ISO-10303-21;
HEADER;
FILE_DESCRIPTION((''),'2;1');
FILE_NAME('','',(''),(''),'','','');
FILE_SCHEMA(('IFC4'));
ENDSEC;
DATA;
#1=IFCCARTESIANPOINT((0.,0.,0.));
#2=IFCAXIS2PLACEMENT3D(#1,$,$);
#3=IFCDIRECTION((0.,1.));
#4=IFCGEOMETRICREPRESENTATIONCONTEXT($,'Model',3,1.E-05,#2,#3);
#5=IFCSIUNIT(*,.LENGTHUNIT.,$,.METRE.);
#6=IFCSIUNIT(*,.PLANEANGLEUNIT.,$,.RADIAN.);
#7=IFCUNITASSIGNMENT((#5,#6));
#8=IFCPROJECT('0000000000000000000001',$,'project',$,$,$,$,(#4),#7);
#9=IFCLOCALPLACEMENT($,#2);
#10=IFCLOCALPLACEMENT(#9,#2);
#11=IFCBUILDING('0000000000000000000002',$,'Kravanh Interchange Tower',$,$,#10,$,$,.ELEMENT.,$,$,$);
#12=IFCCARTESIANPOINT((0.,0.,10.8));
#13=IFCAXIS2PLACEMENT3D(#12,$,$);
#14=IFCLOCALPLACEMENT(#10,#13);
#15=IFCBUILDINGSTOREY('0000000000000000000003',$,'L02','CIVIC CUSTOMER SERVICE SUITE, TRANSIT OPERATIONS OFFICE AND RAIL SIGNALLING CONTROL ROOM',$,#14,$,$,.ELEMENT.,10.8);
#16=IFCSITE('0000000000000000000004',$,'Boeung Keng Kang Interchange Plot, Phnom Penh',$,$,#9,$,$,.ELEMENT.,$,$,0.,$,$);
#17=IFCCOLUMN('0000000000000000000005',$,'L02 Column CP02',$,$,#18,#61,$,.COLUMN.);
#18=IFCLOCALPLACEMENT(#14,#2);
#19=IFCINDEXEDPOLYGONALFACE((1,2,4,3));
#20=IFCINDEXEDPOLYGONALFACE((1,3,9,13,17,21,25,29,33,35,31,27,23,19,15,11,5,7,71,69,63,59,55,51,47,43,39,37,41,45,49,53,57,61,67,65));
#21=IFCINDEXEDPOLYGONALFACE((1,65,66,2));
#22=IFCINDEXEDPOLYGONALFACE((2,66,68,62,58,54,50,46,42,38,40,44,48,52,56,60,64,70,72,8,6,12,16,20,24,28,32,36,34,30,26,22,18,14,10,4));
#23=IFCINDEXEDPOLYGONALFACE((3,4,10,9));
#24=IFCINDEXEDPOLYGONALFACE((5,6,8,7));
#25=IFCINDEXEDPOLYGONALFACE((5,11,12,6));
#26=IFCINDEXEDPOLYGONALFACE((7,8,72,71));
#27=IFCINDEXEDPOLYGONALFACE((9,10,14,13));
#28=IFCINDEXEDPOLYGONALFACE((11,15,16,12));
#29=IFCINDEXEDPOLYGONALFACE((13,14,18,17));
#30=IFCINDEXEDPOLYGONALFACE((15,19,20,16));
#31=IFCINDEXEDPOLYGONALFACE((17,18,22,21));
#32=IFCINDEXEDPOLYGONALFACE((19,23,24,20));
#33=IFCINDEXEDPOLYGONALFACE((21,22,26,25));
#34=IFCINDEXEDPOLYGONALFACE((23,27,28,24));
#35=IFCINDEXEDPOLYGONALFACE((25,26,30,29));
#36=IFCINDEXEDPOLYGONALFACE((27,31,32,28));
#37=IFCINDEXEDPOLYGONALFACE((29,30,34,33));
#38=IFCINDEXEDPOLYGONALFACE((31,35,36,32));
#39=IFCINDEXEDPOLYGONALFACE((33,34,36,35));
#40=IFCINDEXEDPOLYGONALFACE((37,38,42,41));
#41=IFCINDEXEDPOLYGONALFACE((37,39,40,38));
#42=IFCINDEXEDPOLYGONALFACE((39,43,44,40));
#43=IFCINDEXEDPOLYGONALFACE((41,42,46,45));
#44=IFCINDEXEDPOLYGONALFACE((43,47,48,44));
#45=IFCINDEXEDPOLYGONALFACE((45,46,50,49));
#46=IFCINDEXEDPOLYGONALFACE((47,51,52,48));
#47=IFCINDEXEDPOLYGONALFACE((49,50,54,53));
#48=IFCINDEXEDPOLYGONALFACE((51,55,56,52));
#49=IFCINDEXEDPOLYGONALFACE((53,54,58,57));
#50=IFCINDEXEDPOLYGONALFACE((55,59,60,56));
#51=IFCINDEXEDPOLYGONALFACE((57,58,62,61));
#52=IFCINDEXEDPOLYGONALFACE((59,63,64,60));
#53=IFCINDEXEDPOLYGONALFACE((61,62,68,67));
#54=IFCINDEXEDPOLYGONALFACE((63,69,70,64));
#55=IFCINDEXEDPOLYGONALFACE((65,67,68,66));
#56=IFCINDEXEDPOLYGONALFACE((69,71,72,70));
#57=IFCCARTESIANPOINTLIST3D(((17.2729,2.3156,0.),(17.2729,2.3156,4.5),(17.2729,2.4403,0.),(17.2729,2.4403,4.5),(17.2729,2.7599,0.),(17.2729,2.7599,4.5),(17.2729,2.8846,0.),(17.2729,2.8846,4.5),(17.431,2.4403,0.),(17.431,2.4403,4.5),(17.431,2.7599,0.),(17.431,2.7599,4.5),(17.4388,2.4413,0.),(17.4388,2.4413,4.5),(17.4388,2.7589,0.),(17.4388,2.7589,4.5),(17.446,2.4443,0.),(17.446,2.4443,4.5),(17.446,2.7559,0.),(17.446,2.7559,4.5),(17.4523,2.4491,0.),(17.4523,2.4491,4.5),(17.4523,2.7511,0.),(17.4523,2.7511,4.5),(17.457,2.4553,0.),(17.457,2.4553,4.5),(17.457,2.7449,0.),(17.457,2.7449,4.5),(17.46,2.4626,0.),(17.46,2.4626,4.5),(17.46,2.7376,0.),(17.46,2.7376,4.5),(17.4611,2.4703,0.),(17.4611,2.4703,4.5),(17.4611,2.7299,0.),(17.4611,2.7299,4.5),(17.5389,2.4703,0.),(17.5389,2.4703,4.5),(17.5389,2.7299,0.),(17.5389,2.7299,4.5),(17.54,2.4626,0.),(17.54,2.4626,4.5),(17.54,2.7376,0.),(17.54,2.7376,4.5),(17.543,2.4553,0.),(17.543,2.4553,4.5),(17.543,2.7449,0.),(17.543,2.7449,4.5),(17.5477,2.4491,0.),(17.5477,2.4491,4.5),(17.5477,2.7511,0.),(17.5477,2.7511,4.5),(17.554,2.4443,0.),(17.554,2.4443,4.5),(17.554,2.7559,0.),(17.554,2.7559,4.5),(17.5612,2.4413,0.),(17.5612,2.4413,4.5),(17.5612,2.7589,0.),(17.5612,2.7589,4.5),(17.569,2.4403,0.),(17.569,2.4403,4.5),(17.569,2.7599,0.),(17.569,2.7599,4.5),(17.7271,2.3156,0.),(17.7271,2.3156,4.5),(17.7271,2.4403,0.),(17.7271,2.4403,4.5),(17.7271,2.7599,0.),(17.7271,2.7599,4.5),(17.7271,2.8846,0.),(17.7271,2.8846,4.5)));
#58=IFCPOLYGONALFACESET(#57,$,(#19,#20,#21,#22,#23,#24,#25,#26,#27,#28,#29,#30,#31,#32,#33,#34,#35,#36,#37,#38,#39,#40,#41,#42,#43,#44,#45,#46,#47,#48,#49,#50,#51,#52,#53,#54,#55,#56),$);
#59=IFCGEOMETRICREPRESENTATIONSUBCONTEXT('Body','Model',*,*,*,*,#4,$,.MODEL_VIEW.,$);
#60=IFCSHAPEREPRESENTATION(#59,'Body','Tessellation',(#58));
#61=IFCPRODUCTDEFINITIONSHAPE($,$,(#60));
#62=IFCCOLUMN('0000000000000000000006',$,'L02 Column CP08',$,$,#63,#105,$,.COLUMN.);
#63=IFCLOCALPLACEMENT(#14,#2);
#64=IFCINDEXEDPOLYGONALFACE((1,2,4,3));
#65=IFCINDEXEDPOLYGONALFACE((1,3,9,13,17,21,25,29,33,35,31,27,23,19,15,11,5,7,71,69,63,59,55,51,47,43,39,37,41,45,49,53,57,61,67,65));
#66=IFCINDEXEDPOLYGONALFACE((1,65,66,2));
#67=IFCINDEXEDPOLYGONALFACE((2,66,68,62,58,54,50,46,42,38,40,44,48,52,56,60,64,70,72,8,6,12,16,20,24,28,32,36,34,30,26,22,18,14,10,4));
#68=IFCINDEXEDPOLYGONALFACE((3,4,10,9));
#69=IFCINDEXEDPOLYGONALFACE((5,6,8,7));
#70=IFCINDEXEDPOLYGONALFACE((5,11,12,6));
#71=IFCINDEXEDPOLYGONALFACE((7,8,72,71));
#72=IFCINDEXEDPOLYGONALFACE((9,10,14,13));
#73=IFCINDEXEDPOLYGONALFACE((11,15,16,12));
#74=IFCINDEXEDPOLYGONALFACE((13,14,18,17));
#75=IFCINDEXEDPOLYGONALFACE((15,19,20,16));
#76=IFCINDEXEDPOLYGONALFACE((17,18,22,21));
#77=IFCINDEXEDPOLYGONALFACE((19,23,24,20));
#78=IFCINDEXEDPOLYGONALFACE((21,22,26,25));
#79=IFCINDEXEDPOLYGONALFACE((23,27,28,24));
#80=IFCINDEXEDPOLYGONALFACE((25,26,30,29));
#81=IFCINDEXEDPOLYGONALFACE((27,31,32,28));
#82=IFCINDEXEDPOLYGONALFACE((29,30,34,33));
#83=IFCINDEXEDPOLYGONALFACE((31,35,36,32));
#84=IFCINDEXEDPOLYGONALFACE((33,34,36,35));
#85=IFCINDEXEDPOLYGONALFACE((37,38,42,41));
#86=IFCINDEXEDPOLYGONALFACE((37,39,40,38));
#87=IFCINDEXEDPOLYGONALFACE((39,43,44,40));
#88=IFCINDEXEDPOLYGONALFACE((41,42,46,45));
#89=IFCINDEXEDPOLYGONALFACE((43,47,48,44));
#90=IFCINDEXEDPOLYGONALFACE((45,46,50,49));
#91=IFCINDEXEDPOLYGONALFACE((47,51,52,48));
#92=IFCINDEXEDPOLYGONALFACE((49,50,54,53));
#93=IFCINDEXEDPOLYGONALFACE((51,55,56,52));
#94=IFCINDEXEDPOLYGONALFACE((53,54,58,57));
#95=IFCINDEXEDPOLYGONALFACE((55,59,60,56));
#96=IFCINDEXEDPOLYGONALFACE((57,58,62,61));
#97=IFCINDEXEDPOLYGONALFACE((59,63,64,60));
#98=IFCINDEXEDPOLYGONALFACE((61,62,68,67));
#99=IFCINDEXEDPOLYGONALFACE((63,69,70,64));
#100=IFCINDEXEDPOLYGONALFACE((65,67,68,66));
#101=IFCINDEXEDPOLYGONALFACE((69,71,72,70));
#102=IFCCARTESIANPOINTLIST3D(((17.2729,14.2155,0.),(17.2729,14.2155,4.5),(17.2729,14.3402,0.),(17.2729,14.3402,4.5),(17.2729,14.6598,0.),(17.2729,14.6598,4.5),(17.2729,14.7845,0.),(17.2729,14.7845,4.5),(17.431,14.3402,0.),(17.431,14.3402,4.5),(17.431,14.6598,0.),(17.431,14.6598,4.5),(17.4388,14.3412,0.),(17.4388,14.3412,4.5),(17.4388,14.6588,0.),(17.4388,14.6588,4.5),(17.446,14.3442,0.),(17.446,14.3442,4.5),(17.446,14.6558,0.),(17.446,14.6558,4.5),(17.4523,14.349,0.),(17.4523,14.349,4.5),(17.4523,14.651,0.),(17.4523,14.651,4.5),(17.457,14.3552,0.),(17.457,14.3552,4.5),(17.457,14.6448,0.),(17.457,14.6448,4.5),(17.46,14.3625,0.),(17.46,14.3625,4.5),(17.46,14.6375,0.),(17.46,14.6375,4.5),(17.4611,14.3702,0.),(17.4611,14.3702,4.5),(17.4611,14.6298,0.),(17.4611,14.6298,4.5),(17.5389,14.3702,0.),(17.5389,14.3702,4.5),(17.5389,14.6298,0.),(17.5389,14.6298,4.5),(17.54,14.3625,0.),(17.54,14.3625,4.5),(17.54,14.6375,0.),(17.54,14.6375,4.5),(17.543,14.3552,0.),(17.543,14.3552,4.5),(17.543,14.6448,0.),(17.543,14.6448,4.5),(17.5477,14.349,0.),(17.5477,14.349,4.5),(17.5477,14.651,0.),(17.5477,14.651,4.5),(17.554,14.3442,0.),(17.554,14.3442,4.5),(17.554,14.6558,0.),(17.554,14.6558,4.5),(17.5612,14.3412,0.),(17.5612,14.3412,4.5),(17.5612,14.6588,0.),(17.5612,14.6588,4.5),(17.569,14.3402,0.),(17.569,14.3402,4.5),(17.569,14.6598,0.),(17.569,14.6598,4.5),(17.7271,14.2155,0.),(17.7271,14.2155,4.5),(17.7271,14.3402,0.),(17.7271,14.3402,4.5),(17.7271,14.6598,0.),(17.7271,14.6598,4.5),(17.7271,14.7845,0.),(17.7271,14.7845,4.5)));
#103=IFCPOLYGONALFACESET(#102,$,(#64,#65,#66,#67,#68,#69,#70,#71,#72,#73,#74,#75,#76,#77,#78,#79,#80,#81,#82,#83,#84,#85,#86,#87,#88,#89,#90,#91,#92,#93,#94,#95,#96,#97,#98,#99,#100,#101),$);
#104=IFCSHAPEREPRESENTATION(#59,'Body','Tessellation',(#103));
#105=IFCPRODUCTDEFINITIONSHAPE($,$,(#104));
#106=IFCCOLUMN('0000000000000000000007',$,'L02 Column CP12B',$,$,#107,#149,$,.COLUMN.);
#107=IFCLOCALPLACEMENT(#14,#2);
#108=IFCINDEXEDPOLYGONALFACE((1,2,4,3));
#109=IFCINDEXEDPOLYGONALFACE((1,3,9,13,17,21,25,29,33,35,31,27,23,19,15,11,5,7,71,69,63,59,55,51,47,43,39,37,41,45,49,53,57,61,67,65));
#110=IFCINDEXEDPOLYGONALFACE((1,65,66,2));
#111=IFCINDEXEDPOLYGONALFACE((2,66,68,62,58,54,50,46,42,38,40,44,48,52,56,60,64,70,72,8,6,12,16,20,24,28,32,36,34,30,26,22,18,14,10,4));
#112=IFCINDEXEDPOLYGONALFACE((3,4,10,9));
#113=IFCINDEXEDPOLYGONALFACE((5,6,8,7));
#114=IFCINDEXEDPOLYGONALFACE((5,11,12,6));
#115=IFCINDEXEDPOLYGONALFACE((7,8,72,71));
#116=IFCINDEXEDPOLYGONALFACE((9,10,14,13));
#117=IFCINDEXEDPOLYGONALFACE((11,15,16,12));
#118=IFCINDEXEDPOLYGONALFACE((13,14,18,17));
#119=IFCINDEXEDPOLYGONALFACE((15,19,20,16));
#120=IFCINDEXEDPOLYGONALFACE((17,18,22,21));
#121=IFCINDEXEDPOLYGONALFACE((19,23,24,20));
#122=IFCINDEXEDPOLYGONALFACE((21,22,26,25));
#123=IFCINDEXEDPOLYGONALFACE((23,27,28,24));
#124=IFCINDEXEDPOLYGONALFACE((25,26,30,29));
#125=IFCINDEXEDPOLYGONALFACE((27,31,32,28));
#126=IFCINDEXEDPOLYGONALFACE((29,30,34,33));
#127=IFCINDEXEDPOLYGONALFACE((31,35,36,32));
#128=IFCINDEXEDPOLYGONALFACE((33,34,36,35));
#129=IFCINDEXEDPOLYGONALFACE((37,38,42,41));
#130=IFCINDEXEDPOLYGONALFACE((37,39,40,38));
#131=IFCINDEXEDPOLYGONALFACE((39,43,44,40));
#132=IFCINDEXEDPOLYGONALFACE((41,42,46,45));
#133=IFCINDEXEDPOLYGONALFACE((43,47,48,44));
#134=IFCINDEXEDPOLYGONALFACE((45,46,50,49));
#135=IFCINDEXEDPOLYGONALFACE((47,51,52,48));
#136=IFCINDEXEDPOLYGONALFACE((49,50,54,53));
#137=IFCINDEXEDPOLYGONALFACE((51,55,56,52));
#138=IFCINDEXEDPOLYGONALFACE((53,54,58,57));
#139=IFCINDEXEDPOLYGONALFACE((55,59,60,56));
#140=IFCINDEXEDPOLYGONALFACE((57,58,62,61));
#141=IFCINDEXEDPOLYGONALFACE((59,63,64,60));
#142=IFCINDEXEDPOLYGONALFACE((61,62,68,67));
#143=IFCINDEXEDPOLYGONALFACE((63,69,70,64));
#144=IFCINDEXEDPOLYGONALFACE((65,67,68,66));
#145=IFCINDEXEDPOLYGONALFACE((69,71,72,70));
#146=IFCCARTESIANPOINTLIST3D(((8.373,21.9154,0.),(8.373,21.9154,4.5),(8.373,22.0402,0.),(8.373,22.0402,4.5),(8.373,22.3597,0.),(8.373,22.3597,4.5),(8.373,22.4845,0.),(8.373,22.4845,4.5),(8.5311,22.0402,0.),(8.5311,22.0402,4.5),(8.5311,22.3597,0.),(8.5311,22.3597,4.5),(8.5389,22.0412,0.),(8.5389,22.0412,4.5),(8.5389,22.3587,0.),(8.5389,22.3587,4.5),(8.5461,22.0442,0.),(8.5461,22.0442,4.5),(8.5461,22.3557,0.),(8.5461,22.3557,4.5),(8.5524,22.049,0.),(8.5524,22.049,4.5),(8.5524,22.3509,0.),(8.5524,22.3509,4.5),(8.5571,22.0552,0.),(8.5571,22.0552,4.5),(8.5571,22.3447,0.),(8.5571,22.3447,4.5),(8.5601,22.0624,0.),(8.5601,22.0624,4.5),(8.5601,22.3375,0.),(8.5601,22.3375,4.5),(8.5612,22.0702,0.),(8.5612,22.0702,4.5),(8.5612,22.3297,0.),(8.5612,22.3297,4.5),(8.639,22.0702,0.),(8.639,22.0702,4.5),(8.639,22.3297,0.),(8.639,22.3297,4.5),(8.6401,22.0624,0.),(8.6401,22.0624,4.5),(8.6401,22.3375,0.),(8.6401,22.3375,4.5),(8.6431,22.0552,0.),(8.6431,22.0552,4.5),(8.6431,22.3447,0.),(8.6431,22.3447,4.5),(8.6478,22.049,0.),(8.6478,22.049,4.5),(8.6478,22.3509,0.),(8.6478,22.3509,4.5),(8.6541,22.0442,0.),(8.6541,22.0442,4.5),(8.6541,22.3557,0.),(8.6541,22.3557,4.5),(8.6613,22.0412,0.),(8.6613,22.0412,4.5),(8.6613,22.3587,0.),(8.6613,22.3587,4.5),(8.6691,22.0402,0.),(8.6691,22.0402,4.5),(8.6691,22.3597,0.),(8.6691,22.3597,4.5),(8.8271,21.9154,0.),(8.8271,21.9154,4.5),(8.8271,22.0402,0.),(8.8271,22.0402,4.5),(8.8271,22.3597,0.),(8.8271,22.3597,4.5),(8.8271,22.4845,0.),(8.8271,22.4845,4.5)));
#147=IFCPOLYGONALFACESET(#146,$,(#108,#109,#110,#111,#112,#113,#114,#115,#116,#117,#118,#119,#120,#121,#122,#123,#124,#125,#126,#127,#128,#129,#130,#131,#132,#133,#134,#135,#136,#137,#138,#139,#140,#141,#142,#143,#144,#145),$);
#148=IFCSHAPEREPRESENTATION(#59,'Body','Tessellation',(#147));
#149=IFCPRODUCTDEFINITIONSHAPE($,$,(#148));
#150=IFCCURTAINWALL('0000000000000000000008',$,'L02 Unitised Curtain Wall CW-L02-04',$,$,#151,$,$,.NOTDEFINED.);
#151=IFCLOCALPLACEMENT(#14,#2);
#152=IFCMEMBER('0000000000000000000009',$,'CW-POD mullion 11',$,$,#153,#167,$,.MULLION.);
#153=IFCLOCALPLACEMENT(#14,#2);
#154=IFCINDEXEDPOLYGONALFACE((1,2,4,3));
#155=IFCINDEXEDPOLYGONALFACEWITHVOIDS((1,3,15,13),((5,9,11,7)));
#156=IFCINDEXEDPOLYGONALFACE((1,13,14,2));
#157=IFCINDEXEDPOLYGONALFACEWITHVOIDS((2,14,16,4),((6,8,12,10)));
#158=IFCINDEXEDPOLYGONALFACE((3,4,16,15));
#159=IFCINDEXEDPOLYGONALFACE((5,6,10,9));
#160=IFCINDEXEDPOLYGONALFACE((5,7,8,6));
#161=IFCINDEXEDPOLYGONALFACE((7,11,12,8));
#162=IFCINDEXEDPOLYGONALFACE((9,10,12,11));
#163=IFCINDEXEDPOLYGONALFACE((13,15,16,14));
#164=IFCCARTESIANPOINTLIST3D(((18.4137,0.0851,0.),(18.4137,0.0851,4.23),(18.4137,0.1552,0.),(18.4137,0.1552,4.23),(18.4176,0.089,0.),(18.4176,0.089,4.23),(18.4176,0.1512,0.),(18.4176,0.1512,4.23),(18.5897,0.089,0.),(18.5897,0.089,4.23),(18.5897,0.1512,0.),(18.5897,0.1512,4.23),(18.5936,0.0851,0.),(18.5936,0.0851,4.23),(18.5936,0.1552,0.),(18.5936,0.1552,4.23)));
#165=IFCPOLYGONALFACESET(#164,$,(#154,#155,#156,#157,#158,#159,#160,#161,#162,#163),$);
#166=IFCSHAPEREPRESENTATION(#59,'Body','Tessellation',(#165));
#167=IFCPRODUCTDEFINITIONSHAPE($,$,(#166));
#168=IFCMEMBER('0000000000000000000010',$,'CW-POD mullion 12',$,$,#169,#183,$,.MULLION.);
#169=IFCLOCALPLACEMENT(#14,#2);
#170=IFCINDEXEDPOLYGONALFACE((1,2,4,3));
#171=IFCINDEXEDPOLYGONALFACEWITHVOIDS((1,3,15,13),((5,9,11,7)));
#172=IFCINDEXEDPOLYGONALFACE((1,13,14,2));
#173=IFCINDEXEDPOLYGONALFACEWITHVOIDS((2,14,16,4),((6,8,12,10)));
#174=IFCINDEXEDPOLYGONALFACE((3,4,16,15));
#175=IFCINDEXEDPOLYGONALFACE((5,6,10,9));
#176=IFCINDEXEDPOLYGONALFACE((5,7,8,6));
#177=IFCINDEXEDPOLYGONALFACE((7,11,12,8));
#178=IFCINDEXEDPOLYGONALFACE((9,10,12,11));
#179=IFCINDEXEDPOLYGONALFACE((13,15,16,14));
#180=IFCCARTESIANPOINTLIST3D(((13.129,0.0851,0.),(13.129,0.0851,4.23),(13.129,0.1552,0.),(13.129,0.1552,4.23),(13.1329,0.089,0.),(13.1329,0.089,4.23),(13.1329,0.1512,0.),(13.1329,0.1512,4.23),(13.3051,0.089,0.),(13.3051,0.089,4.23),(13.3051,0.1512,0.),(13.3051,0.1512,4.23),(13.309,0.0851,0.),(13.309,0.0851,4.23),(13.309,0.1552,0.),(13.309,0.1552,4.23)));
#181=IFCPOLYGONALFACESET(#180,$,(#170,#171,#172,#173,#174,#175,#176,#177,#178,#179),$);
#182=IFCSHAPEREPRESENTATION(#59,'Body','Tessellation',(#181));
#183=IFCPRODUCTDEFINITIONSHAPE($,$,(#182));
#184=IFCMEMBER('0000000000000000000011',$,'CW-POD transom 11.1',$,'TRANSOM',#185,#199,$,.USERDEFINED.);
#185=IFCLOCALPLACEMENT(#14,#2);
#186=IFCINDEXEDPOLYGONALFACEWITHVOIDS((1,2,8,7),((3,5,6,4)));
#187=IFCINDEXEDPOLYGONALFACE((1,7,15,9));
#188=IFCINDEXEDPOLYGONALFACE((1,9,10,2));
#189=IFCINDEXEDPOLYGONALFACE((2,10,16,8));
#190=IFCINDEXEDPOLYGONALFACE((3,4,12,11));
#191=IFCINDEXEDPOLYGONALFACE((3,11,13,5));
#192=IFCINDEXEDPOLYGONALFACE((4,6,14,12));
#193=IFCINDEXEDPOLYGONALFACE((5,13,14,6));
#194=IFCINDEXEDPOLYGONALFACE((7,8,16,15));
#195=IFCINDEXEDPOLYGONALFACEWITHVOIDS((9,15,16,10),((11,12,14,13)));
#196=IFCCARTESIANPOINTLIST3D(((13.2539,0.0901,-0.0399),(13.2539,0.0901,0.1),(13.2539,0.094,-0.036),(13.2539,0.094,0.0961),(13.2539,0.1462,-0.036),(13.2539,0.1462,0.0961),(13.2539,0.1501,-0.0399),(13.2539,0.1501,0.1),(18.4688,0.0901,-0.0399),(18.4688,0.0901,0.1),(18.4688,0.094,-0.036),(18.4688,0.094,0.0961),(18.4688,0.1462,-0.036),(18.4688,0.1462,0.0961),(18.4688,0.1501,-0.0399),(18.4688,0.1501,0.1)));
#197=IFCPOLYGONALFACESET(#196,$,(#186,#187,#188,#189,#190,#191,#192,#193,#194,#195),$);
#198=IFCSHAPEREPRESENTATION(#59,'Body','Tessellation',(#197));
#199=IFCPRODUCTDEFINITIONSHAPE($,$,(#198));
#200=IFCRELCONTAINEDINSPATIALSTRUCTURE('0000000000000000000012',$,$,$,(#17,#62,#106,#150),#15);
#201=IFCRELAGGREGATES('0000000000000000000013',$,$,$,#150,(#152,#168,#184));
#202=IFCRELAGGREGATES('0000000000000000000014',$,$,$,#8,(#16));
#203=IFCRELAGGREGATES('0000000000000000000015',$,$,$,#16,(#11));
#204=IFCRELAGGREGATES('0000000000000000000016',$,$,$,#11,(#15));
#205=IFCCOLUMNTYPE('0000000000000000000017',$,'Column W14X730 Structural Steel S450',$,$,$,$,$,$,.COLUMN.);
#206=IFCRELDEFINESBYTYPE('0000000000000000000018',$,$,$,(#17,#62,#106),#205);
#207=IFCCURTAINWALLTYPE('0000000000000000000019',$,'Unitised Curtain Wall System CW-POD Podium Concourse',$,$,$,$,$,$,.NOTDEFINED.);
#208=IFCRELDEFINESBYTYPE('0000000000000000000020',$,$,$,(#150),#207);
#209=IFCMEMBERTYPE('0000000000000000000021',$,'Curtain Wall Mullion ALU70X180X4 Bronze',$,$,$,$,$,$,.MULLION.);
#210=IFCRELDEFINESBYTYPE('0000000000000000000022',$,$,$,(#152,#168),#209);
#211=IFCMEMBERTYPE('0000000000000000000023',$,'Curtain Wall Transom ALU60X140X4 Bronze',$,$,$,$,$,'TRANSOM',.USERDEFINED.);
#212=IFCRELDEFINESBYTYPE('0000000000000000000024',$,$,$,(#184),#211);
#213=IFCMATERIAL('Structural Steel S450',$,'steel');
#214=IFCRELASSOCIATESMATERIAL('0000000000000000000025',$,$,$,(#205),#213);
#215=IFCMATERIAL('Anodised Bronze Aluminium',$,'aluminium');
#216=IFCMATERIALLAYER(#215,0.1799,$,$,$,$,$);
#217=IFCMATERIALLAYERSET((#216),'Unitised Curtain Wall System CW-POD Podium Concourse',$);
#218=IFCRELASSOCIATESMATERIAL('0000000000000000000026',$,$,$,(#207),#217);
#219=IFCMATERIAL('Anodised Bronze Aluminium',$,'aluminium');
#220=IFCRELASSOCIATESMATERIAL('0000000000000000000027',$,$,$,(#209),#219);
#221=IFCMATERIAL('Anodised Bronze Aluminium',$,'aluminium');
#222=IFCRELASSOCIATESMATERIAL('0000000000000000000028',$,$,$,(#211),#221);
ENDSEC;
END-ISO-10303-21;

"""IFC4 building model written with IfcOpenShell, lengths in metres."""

from ifc_helpers import new_model, si_unit, direction, frame, origin, origin_2d, place, context, subcontext, project, spatial, hollow_rectangle, i_section, extrude, material, layer, layer_set, material_profile, profile_set, type_object, element, aggregate, save


model = new_model("IFC4")

# Units and contexts
model_context = context("Model", 3, precision=1e-05, world=origin(), true_north=direction((0.0, 1.0)))
body_context = subcontext(model_context, "Body", "Model", "MODEL_VIEW")
ifc_project = project(units=[si_unit("LENGTHUNIT", "METRE"), si_unit("PLANEANGLEUNIT", "RADIAN")], contexts=[model_context])

# Site, building, storey
site_placement = place(None, origin())
site = spatial("IfcSite", under=ifc_project, at=site_placement, Name="Boeung Keng Kang Interchange Plot, Phnom Penh", CompositionType="ELEMENT", RefElevation=0.0)
building_placement = place(site_placement, origin())
building = spatial("IfcBuilding", under=site, at=building_placement, Name="Kravanh Interchange Tower", CompositionType="ELEMENT")
storey_placement = place(building_placement, frame((0.0, 0.0, 10.8)))
storey = spatial("IfcBuildingStorey", under=building, at=storey_placement, Name="L02", Description="CIVIC CUSTOMER SERVICE SUITE, TRANSIT OPERATIONS OFFICE AND RAIL SIGNALLING CONTROL ROOM", CompositionType="ELEMENT", Elevation=10.8)

# Columns
ifc_material_1 = material(Name="Structural Steel S450", Category="steel")
ifc_material_profile_1 = material_profile(ifc_material_1, i_section(OverallWidth=0.4541, OverallDepth=0.5691, WebThickness=0.0779, FlangeThickness=0.1248, FilletRadius=0.03, at=origin_2d()), Name="W14X730")
ifc_profile_set_1 = profile_set([ifc_material_profile_1], Name="Structural Steel S450")
column_type = type_object("IfcColumnType", Name="Column W14X730 Structural Steel S450", PredefinedType="COLUMN", material=ifc_profile_set_1)
for number, where, z_axis, x_axis, name in (
    (1, (17.5, 2.6001, 0.0), (0.0, 0.0, 1.0), (1.0, 0.0, 0.0), "L02 Column CP02"),
    (2, (17.5, 14.5, 0.0), (0.0, 0.0, 1.0), (1.0, 0.0, 0.0), "L02 Column CP08"),
    (3, (8.6001, 22.2, 0.0), (0.0, 0.0, 1.0), (1.0, 0.0, 0.0), "L02 Column CP12B"),
):
    element("IfcColumn", number, at=place(storey_placement, frame(where, z_axis=z_axis, x_axis=x_axis)), inside=storey, type_object=column_type, Name=name, PredefinedType="COLUMN", context=body_context, shape_type="SweptSolid", body=[
        extrude(i_section(OverallWidth=0.4541, OverallDepth=0.5691, WebThickness=0.0779, FlangeThickness=0.1248, FilletRadius=0.03, at=origin_2d()), origin(), (0.0, 0.0, 1.0), 4.5),
    ])

# Curtain wall, members
ifc_material_2 = material(Name="Anodised Bronze Aluminium", Category="aluminium")
ifc_layer_1 = layer(ifc_material_2, 0.1799)
ifc_layer_set_1 = layer_set([ifc_layer_1], Name="Unitised Curtain Wall System CW-POD Podium Concourse")
curtain_wall_type = type_object("IfcCurtainWallType", Name="Unitised Curtain Wall System CW-POD Podium Concourse", PredefinedType="NOTDEFINED", material=ifc_layer_set_1)
curtain_wall_placement = place(storey_placement, origin())
curtain_wall = element("IfcCurtainWall", 4, at=curtain_wall_placement, inside=storey, type_object=curtain_wall_type, Name="L02 Unitised Curtain Wall CW-L02-04", PredefinedType="NOTDEFINED")
ifc_material_3 = material(Name="Anodised Bronze Aluminium", Category="aluminium")
ifc_material_profile_2 = material_profile(ifc_material_3, hollow_rectangle(XDim=0.0701, YDim=0.1799, WallThickness=0.0039, at=origin_2d()), Name="ALU70X180X4")
ifc_profile_set_2 = profile_set([ifc_material_profile_2], Name="Anodised Bronze Aluminium")
member_type_1 = type_object("IfcMemberType", Name="Curtain Wall Mullion ALU70X180X4 Bronze", PredefinedType="MULLION", material=ifc_profile_set_2)
member_1_placement = place(storey_placement, frame((18.5037, 0.1201, 0.0), z_axis=(0.0, 0.0, 1.0), x_axis=(0.0, -1.0, 0.0)))
member_1 = element("IfcMember", 5, at=member_1_placement, type_object=member_type_1, Name="CW-POD mullion 11", PredefinedType="MULLION", context=body_context, shape_type="SweptSolid", body=[
    extrude(hollow_rectangle(XDim=0.0701, YDim=0.1799, WallThickness=0.0039, at=origin_2d()), origin(), (0.0, 0.0, 1.0), 4.23),
])
member_2_placement = place(storey_placement, frame((13.219, 0.1201, 0.0), z_axis=(0.0, 0.0, 1.0), x_axis=(0.0, -1.0, 0.0)))
member_2 = element("IfcMember", 6, at=member_2_placement, type_object=member_type_1, Name="CW-POD mullion 12", PredefinedType="MULLION", context=body_context, shape_type="SweptSolid", body=[
    extrude(hollow_rectangle(XDim=0.0701, YDim=0.1799, WallThickness=0.0039, at=origin_2d()), origin(), (0.0, 0.0, 1.0), 4.23),
])
ifc_material_4 = material(Name="Anodised Bronze Aluminium", Category="aluminium")
ifc_material_profile_3 = material_profile(ifc_material_4, hollow_rectangle(XDim=0.0601, YDim=0.1399, WallThickness=0.0039, at=origin_2d()), Name="ALU60X140X4")
ifc_profile_set_3 = profile_set([ifc_material_profile_3], Name="Anodised Bronze Aluminium")
member_type_2 = type_object("IfcMemberType", Name="Curtain Wall Transom ALU60X140X4 Bronze", ElementType="TRANSOM", PredefinedType="USERDEFINED", material=ifc_profile_set_3)
member_3_placement = place(storey_placement, frame((18.4688, 0.1201, 0.03), z_axis=(-1.0, 0.0, 0.0), x_axis=(0.0, -1.0, 0.0)))
member_3 = element("IfcMember", 7, at=member_3_placement, type_object=member_type_2, Name="CW-POD transom 11.1", ObjectType="TRANSOM", PredefinedType="USERDEFINED", context=body_context, shape_type="SweptSolid", body=[
    extrude(hollow_rectangle(XDim=0.0601, YDim=0.1399, WallThickness=0.0039, at=origin_2d()), origin(), (0.0, 0.0, 1.0), 5.2148),
])

aggregate(curtain_wall, [member_1, member_2, member_3])

save(model, "model.ifc")
